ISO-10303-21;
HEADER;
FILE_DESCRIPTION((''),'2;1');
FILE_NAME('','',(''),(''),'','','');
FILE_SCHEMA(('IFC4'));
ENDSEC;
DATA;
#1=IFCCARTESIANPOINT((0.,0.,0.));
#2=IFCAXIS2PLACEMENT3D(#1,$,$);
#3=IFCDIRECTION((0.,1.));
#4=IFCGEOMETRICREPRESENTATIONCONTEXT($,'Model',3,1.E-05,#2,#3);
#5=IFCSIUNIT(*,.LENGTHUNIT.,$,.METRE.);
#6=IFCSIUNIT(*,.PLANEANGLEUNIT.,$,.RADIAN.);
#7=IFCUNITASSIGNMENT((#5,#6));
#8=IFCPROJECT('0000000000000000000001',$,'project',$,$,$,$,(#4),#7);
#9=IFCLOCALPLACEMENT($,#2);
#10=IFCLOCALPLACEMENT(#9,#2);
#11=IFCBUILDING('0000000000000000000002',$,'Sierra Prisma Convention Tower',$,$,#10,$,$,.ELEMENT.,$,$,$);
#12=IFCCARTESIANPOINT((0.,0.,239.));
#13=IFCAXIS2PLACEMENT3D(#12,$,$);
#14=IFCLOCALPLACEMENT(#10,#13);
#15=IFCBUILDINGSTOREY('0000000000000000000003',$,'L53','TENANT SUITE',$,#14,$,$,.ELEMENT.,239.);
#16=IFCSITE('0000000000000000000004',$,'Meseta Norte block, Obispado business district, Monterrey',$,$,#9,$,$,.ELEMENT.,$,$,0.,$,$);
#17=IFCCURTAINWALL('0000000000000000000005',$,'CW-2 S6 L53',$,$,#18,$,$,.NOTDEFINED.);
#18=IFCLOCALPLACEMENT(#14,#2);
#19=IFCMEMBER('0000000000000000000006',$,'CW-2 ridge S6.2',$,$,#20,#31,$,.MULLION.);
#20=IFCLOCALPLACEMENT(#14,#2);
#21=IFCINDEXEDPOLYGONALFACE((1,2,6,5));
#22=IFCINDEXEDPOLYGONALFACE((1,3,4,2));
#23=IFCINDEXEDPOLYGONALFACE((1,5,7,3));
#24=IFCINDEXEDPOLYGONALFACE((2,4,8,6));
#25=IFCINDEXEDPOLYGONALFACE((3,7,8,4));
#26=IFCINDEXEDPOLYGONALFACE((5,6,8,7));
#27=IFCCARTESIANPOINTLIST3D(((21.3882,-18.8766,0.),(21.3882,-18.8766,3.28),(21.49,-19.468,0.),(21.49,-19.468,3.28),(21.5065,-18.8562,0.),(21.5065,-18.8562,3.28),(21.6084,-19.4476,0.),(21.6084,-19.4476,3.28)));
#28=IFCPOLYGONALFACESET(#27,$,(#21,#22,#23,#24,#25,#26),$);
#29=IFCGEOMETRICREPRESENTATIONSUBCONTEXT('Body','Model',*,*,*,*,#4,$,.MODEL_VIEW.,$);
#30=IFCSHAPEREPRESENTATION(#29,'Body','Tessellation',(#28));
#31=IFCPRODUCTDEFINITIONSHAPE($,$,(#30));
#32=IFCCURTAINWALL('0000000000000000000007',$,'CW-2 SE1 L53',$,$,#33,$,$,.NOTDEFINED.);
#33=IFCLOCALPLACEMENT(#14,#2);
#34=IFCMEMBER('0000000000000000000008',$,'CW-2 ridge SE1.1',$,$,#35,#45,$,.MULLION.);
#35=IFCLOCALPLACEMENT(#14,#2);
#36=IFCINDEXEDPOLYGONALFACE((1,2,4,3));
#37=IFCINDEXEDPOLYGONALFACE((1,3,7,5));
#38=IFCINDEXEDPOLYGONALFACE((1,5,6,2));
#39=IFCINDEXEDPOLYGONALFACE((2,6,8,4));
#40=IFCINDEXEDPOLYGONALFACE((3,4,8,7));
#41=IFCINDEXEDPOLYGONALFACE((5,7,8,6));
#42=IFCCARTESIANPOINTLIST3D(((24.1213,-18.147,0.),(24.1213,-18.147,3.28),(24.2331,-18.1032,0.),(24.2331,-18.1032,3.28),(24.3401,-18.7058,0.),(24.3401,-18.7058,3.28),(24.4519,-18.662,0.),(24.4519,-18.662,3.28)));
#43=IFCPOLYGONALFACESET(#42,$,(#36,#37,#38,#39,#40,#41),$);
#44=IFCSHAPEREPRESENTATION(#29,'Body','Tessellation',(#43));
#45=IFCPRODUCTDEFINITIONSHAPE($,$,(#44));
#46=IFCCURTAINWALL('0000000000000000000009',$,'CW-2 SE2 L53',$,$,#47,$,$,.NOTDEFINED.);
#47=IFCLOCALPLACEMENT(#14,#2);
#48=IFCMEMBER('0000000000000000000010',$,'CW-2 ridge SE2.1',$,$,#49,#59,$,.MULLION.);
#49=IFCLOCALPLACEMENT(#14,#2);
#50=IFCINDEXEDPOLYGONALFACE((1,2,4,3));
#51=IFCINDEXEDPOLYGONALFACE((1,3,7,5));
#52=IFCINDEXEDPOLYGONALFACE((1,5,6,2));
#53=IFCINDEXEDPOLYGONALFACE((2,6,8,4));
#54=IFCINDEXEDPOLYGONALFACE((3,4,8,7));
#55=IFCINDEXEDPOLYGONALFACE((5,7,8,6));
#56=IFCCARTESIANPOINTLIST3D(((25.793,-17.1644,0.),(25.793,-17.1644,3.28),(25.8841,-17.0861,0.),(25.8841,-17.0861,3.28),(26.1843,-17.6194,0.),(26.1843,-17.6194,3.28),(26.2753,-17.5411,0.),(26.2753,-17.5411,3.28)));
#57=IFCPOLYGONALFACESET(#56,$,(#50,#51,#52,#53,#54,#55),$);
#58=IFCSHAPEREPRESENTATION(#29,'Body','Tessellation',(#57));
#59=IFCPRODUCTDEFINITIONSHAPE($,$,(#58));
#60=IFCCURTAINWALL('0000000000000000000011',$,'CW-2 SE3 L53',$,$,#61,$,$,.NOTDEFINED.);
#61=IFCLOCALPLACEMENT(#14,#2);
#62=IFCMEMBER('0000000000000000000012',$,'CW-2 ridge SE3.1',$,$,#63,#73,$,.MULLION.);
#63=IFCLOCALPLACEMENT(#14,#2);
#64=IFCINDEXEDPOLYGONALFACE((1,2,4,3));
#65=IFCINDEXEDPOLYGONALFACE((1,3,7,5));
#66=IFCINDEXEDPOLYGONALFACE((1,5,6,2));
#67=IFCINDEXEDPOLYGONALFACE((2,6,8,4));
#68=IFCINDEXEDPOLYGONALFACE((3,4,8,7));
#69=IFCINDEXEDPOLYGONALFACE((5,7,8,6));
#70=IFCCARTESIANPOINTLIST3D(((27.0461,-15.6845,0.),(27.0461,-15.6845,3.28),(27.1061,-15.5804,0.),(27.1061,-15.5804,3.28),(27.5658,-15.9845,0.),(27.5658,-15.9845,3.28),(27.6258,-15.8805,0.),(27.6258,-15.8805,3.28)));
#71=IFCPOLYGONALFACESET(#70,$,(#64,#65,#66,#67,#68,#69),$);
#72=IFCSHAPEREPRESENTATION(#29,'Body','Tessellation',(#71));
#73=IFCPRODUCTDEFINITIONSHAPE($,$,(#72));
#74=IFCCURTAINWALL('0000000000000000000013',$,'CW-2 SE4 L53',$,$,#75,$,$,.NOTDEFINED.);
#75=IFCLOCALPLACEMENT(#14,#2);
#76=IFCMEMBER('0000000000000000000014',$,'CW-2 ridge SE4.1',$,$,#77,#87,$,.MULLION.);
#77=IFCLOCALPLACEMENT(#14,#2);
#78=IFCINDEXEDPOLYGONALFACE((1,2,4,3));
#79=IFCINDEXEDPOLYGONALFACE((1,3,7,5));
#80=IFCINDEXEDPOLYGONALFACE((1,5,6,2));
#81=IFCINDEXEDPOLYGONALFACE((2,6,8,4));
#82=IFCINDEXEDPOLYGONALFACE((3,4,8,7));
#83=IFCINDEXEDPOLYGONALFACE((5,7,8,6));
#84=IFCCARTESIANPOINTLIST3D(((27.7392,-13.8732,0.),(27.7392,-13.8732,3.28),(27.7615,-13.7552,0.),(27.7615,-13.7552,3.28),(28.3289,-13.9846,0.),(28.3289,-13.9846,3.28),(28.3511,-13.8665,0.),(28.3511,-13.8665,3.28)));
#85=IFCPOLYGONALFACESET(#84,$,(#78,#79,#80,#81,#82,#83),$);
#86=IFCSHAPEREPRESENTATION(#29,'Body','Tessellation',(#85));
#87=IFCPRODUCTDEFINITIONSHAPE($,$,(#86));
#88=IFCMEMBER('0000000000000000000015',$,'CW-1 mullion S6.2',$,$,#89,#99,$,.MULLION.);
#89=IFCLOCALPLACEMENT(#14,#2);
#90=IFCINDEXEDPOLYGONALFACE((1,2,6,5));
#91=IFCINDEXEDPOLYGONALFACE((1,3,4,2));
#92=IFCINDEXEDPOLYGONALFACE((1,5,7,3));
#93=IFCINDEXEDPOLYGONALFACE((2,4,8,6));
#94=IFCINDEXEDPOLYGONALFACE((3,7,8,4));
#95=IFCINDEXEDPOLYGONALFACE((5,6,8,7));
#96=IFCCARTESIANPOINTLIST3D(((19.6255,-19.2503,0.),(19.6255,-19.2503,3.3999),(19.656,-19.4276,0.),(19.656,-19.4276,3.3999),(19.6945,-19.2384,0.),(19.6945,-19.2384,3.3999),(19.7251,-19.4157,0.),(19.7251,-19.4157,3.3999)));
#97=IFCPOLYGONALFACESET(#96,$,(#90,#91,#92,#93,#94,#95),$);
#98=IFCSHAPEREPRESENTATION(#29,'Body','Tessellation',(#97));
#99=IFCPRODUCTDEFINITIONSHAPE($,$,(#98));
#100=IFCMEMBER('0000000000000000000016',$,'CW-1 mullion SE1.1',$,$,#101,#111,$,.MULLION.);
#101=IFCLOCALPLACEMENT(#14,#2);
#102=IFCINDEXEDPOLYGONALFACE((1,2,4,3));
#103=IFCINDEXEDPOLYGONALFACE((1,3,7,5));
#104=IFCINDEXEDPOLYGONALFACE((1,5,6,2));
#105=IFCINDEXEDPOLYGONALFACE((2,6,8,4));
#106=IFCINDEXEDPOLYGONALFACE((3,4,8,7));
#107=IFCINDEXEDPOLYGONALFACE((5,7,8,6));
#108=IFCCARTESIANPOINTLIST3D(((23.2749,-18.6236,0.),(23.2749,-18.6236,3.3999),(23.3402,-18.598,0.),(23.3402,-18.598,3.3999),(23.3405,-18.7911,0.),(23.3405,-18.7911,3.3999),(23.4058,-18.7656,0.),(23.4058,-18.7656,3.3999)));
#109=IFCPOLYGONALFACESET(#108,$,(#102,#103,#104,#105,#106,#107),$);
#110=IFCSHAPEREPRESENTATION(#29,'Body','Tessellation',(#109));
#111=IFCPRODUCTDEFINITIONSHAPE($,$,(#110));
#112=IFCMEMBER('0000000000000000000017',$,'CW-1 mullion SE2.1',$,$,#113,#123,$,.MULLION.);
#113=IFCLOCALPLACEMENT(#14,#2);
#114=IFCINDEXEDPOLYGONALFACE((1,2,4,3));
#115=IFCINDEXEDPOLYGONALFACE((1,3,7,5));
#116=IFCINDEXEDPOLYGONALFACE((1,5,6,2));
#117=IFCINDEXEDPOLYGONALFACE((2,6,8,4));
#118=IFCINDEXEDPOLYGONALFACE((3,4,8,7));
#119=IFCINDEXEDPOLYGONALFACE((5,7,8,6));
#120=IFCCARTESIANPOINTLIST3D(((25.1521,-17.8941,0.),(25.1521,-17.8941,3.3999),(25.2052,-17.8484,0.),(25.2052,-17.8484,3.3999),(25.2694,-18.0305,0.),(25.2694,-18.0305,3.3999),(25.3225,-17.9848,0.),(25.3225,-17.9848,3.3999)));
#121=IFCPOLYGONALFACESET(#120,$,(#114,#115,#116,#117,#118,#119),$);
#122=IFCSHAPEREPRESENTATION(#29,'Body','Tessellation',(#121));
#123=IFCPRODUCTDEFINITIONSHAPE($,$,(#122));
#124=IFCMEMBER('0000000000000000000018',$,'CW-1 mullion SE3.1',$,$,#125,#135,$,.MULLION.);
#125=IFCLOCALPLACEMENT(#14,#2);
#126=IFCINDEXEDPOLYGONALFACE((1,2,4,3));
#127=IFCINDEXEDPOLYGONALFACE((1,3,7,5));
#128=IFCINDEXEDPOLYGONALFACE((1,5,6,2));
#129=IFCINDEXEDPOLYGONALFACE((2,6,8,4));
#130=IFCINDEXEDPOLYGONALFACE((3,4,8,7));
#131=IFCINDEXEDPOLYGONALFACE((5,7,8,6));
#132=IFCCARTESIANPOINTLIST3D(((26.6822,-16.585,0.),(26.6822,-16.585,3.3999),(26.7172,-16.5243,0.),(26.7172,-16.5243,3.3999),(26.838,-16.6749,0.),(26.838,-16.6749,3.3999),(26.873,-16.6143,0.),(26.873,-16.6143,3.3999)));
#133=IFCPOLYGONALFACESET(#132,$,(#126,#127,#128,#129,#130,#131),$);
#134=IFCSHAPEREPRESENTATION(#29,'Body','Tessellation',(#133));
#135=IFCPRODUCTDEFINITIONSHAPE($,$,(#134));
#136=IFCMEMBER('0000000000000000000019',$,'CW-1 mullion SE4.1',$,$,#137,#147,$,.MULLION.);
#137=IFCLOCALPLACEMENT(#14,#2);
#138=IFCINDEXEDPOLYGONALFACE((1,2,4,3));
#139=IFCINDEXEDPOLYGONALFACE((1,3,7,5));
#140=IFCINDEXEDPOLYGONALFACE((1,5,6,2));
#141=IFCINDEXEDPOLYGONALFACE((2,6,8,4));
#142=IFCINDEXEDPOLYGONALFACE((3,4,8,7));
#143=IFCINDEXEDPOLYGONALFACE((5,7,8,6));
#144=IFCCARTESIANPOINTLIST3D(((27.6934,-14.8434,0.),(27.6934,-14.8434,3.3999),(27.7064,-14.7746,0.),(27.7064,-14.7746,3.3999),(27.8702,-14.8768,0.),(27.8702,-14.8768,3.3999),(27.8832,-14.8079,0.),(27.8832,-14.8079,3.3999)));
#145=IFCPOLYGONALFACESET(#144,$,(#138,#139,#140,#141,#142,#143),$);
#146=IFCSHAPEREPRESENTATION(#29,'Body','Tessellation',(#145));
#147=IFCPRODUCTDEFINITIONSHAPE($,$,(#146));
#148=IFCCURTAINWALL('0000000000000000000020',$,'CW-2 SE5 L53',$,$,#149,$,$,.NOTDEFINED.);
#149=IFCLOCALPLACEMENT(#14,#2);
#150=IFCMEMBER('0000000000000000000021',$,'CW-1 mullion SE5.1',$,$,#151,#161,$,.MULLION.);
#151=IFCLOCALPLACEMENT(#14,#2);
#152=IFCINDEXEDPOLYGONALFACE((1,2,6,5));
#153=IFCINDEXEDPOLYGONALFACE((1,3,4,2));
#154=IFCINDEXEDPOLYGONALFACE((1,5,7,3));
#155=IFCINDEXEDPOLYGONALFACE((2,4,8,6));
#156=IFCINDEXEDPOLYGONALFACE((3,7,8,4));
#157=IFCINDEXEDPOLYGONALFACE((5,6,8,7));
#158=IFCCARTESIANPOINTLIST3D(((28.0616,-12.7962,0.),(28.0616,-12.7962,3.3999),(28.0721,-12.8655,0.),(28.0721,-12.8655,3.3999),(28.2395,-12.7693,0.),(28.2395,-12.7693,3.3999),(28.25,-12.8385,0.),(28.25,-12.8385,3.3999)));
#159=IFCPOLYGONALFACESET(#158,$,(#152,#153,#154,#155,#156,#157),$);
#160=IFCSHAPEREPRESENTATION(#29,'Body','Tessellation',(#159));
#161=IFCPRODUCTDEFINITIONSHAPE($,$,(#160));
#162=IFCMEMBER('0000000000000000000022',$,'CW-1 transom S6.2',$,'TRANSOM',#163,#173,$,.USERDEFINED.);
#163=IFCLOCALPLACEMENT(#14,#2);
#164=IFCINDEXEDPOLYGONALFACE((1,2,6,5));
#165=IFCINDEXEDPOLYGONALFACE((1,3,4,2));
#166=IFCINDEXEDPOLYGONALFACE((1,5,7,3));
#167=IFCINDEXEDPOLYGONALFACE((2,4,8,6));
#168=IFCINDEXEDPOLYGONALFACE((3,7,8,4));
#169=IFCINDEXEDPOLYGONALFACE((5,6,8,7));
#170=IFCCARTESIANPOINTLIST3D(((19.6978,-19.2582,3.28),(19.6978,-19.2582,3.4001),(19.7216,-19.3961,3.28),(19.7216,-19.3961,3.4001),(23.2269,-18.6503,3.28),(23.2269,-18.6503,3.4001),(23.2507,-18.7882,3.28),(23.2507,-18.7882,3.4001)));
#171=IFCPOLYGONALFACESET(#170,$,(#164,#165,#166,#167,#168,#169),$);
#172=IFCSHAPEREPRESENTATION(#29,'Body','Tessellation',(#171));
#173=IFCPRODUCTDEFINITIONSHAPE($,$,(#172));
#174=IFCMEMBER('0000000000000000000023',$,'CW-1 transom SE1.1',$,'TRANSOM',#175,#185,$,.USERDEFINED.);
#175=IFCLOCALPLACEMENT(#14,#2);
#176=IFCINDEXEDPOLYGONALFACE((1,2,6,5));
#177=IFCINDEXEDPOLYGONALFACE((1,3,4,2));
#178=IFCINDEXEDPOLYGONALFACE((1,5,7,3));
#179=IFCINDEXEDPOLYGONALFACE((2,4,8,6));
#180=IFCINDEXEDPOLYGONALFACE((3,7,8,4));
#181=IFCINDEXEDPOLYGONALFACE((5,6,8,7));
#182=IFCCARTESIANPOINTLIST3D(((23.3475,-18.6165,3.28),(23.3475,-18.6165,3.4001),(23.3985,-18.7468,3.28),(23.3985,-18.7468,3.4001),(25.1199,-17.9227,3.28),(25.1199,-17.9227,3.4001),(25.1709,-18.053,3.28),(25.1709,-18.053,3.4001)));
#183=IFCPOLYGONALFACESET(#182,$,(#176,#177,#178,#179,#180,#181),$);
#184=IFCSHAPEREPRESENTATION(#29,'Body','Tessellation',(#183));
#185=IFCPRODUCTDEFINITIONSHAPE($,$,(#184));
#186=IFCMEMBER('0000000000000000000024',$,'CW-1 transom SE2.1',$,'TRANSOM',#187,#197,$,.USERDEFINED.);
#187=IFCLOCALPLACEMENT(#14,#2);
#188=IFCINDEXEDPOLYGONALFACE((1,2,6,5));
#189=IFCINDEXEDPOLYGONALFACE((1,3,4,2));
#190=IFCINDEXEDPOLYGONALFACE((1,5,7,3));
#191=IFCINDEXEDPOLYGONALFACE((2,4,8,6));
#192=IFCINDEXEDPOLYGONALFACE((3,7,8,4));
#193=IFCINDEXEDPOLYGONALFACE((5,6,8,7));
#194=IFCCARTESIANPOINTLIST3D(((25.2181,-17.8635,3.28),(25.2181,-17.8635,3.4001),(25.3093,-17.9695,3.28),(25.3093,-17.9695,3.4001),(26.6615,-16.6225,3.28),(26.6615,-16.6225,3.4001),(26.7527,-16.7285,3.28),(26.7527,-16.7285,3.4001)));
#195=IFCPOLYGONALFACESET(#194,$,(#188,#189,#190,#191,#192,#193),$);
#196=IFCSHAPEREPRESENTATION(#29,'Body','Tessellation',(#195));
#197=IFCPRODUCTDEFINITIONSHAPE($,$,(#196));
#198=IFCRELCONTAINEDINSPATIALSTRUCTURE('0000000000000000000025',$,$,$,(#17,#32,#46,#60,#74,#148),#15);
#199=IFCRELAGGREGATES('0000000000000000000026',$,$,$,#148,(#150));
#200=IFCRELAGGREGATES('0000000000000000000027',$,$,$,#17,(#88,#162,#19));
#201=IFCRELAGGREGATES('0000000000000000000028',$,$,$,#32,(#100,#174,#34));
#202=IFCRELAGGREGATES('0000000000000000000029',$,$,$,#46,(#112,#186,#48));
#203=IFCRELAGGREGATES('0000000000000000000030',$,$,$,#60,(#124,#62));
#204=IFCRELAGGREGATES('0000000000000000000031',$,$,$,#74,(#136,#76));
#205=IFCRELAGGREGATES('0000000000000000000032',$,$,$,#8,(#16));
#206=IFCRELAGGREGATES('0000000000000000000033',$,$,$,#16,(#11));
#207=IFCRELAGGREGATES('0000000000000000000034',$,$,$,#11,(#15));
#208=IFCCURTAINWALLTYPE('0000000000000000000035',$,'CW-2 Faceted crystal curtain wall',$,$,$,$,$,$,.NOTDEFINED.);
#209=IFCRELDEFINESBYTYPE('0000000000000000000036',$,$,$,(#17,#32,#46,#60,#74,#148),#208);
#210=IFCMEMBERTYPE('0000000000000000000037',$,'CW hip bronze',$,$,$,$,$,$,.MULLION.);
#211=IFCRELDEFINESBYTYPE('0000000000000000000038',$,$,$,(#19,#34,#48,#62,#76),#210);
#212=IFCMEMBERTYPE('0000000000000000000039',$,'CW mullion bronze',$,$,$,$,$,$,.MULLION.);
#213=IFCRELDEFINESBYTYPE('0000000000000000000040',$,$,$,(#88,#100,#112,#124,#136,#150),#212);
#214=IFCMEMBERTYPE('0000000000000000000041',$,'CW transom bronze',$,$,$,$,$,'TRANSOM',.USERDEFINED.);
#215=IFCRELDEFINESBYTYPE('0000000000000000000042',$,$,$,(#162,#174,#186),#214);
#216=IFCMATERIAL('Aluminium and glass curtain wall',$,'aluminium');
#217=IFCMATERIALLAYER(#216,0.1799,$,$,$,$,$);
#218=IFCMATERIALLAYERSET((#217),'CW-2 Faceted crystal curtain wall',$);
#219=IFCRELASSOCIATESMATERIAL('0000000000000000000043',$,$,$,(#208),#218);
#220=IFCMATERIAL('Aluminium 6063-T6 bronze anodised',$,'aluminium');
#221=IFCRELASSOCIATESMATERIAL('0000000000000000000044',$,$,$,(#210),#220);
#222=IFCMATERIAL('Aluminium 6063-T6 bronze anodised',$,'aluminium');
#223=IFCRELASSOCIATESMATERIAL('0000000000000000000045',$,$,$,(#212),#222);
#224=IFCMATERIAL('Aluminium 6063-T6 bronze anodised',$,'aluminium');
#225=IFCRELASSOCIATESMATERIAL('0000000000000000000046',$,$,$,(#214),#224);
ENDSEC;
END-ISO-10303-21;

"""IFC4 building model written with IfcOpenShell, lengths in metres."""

from ifc_helpers import new_model, si_unit, direction, frame, origin, origin_2d, place, context, subcontext, project, spatial, rectangle, extrude, material, layer, layer_set, material_profile, profile_set, type_object, element, aggregate, save


model = new_model("IFC4")

# Units and contexts
model_context = context("Model", 3, precision=1e-05, world=origin(), true_north=direction((0.0, 1.0)))
body_context = subcontext(model_context, "Body", "Model", "MODEL_VIEW")
ifc_project = project(units=[si_unit("LENGTHUNIT", "METRE"), si_unit("PLANEANGLEUNIT", "RADIAN")], contexts=[model_context])

# Site, building, storey
site_placement = place(None, origin())
site = spatial("IfcSite", under=ifc_project, at=site_placement, Name="Meseta Norte block, Obispado business district, Monterrey", CompositionType="ELEMENT", RefElevation=0.0)
building_placement = place(site_placement, origin())
building = spatial("IfcBuilding", under=site, at=building_placement, Name="Sierra Prisma Convention Tower", CompositionType="ELEMENT")
storey_placement = place(building_placement, frame((0.0, 0.0, 239.0)))
storey = spatial("IfcBuildingStorey", under=building, at=storey_placement, Name="L53", Description="TENANT SUITE", CompositionType="ELEMENT", Elevation=239.0)

# Curtain walls, members
ifc_material_1 = material(Name="Aluminium and glass curtain wall", Category="aluminium")
ifc_layer_1 = layer(ifc_material_1, 0.1799)
ifc_layer_set_1 = layer_set([ifc_layer_1], Name="CW-2 Faceted crystal curtain wall")
curtain_wall_type = type_object("IfcCurtainWallType", Name="CW-2 Faceted crystal curtain wall", PredefinedType="NOTDEFINED", material=ifc_layer_set_1)
curtain_wall_1_placement = place(storey_placement, origin())
curtain_wall_1 = element("IfcCurtainWall", 1, at=curtain_wall_1_placement, inside=storey, type_object=curtain_wall_type, Name="CW-2 S6 L53", PredefinedType="NOTDEFINED")
ifc_material_2 = material(Name="Aluminium 6063-T6 bronze anodised", Category="aluminium")
ifc_material_profile_1 = material_profile(ifc_material_2, rectangle(XDim=0.1201, YDim=0.6001, at=origin_2d()), Name="ALU RIDGE BLADE 120x600")
ifc_profile_set_1 = profile_set([ifc_material_profile_1], Name="Aluminium 6063-T6 bronze anodised")
member_type_1 = type_object("IfcMemberType", Name="CW hip bronze", PredefinedType="MULLION", material=ifc_profile_set_1)
member_1_placement = place(storey_placement, frame((21.4983, -19.1621, 0.0), z_axis=(0.0, 0.0, 1.0), x_axis=(0.985483, 0.169773, 0.0)))
member_1 = element("IfcMember", 2, at=member_1_placement, type_object=member_type_1, Name="CW-2 ridge S6.2", PredefinedType="MULLION", context=body_context, shape_type="SweptSolid", body=[
    extrude(rectangle(XDim=0.1201, YDim=0.6001, at=origin_2d()), origin(), (0.0, 0.0, 1.0), 3.28),
])
curtain_wall_2_placement = place(storey_placement, origin())
curtain_wall_2 = element("IfcCurtainWall", 3, at=curtain_wall_2_placement, inside=storey, type_object=curtain_wall_type, Name="CW-2 SE1 L53", PredefinedType="NOTDEFINED")
member_2_placement = place(storey_placement, frame((24.2866, -18.4045, 0.0), z_axis=(0.0, 0.0, 1.0), x_axis=(0.93116, 0.364611, 0.0)))
member_2 = element("IfcMember", 4, at=member_2_placement, type_object=member_type_1, Name="CW-2 ridge SE1.1", PredefinedType="MULLION", context=body_context, shape_type="SweptSolid", body=[
    extrude(rectangle(XDim=0.1201, YDim=0.6001, at=origin_2d()), origin(), (0.0, 0.0, 1.0), 3.28),
])
curtain_wall_3_placement = place(storey_placement, origin())
curtain_wall_3 = element("IfcCurtainWall", 5, at=curtain_wall_3_placement, inside=storey, type_object=curtain_wall_type, Name="CW-2 SE2 L53", PredefinedType="NOTDEFINED")
member_3_placement = place(storey_placement, frame((26.0342, -17.3528, 0.0), z_axis=(0.0, 0.0, 1.0), x_axis=(0.758228, 0.65199, 0.0)))
member_3 = element("IfcMember", 6, at=member_3_placement, type_object=member_type_1, Name="CW-2 ridge SE2.1", PredefinedType="MULLION", context=body_context, shape_type="SweptSolid", body=[
    extrude(rectangle(XDim=0.1201, YDim=0.6001, at=origin_2d()), origin(), (0.0, 0.0, 1.0), 3.28),
])
curtain_wall_4_placement = place(storey_placement, origin())
curtain_wall_4 = element("IfcCurtainWall", 7, at=curtain_wall_4_placement, inside=storey, type_object=curtain_wall_type, Name="CW-2 SE3 L53", PredefinedType="NOTDEFINED")
member_4_placement = place(storey_placement, frame((27.3359, -15.7825, 0.0), z_axis=(0.0, 0.0, 1.0), x_axis=(0.5, 0.866025, 0.0)))
member_4 = element("IfcMember", 8, at=member_4_placement, type_object=member_type_1, Name="CW-2 ridge SE3.1", PredefinedType="MULLION", context=body_context, shape_type="SweptSolid", body=[
    extrude(rectangle(XDim=0.1201, YDim=0.6001, at=origin_2d()), origin(), (0.0, 0.0, 1.0), 3.28),
])
curtain_wall_5_placement = place(storey_placement, origin())
curtain_wall_5 = element("IfcCurtainWall", 9, at=curtain_wall_5_placement, inside=storey, type_object=curtain_wall_type, Name="CW-2 SE4 L53", PredefinedType="NOTDEFINED")
member_5_placement = place(storey_placement, frame((28.0452, -13.8699, 0.0), z_axis=(0.0, 0.0, 1.0), x_axis=(0.185526, 0.982639, 0.0)))
member_5 = element("IfcMember", 10, at=member_5_placement, type_object=member_type_1, Name="CW-2 ridge SE4.1", PredefinedType="MULLION", context=body_context, shape_type="SweptSolid", body=[
    extrude(rectangle(XDim=0.1201, YDim=0.6001, at=origin_2d()), origin(), (0.0, 0.0, 1.0), 3.28),
])

# Members
ifc_material_3 = material(Name="Aluminium 6063-T6 bronze anodised", Category="aluminium")
ifc_material_profile_2 = material_profile(ifc_material_3, rectangle(XDim=0.1799, YDim=0.0701, at=origin_2d()), Name="ALU MULLION 70x180")
ifc_profile_set_2 = profile_set([ifc_material_profile_2], Name="Aluminium 6063-T6 bronze anodised")
member_type_2 = type_object("IfcMemberType", Name="CW mullion bronze", PredefinedType="MULLION", material=ifc_profile_set_2)
member_6_placement = place(storey_placement, frame((19.6753, -19.333, 0.0), z_axis=(0.0, 0.0, 1.0), x_axis=(-0.169773, 0.985483, 0.0)))
member_6 = element("IfcMember", 11, at=member_6_placement, type_object=member_type_2, Name="CW-1 mullion S6.2", PredefinedType="MULLION", context=body_context, shape_type="SweptSolid", body=[
    extrude(rectangle(XDim=0.1799, YDim=0.0701, at=origin_2d()), origin(), (0.0, 0.0, 1.0), 3.3999),
])
member_7_placement = place(storey_placement, frame((23.3403, -18.6946, 0.0), z_axis=(0.0, 0.0, 1.0), x_axis=(-0.364611, 0.93116, 0.0)))
member_7 = element("IfcMember", 12, at=member_7_placement, type_object=member_type_2, Name="CW-1 mullion SE1.1", PredefinedType="MULLION", context=body_context, shape_type="SweptSolid", body=[
    extrude(rectangle(XDim=0.1799, YDim=0.0701, at=origin_2d()), origin(), (0.0, 0.0, 1.0), 3.3999),
])
member_8_placement = place(storey_placement, frame((25.2373, -17.9395, 0.0), z_axis=(0.0, 0.0, 1.0), x_axis=(-0.65199, 0.758228, 0.0)))
member_8 = element("IfcMember", 13, at=member_8_placement, type_object=member_type_2, Name="CW-1 mullion SE2.1", PredefinedType="MULLION", context=body_context, shape_type="SweptSolid", body=[
    extrude(rectangle(XDim=0.1799, YDim=0.0701, at=origin_2d()), origin(), (0.0, 0.0, 1.0), 3.3999),
])
member_9_placement = place(storey_placement, frame((26.7776, -16.5996, 0.0), z_axis=(0.0, 0.0, 1.0), x_axis=(-0.866025, 0.5, 0.0)))
member_9 = element("IfcMember", 14, at=member_9_placement, type_object=member_type_2, Name="CW-1 mullion SE3.1", PredefinedType="MULLION", context=body_context, shape_type="SweptSolid", body=[
    extrude(rectangle(XDim=0.1799, YDim=0.0701, at=origin_2d()), origin(), (0.0, 0.0, 1.0), 3.3999),
])
member_10_placement = place(storey_placement, frame((27.7883, -14.8257, 0.0), z_axis=(0.0, 0.0, 1.0), x_axis=(-0.982639, 0.185526, 0.0)))
member_10 = element("IfcMember", 15, at=member_10_placement, type_object=member_type_2, Name="CW-1 mullion SE4.1", PredefinedType="MULLION", context=body_context, shape_type="SweptSolid", body=[
    extrude(rectangle(XDim=0.1799, YDim=0.0701, at=origin_2d()), origin(), (0.0, 0.0, 1.0), 3.3999),
])

# Curtain wall, member
curtain_wall_6_placement = place(storey_placement, origin())
curtain_wall_6 = element("IfcCurtainWall", 16, at=curtain_wall_6_placement, inside=storey, type_object=curtain_wall_type, Name="CW-2 SE5 L53", PredefinedType="NOTDEFINED")
member_11_placement = place(storey_placement, frame((28.1558, -12.8174, 0.0), z_axis=(0.0, 0.0, 1.0), x_axis=(-0.988714, -0.149818, 0.0)))
member_11 = element("IfcMember", 17, at=member_11_placement, type_object=member_type_2, Name="CW-1 mullion SE5.1", PredefinedType="MULLION", context=body_context, shape_type="SweptSolid", body=[
    extrude(rectangle(XDim=0.1799, YDim=0.0701, at=origin_2d()), origin(), (0.0, 0.0, 1.0), 3.3999),
])
aggregate(curtain_wall_6, [member_11])

# Members
ifc_material_4 = material(Name="Aluminium 6063-T6 bronze anodised", Category="aluminium")
ifc_material_profile_3 = material_profile(ifc_material_4, rectangle(XDim=0.1399, YDim=0.1201, at=origin_2d()), Name="ALU TRANSOM 120x140")
ifc_profile_set_3 = profile_set([ifc_material_profile_3], Name="Aluminium 6063-T6 bronze anodised")
member_type_3 = type_object("IfcMemberType", Name="CW transom bronze", ElementType="TRANSOM", PredefinedType="USERDEFINED", material=ifc_profile_set_3)
member_12_placement = place(storey_placement, frame((19.7097, -19.3271, 3.3401), z_axis=(0.985486, 0.169759, 0.0), x_axis=(-0.169759, 0.985486, 0.0)))
member_12 = element("IfcMember", 18, at=member_12_placement, type_object=member_type_3, Name="CW-1 transom S6.2", ObjectType="TRANSOM", PredefinedType="USERDEFINED", context=body_context, shape_type="SweptSolid", body=[
    extrude(rectangle(XDim=0.1399, YDim=0.1201, at=origin_2d()), origin(), (0.0, 0.0, 1.0), 3.5811),
])
member_13_placement = place(storey_placement, frame((23.373, -18.6816, 3.3401), z_axis=(0.931194, 0.364525, 0.0), x_axis=(-0.364525, 0.931194, 0.0)))
member_13 = element("IfcMember", 19, at=member_13_placement, type_object=member_type_3, Name="CW-1 transom SE1.1", ObjectType="TRANSOM", PredefinedType="USERDEFINED", context=body_context, shape_type="SweptSolid", body=[
    extrude(rectangle(XDim=0.1399, YDim=0.1201, at=origin_2d()), origin(), (0.0, 0.0, 1.0), 1.9033),
])
member_14_placement = place(storey_placement, frame((25.2637, -17.9165, 3.3401), z_axis=(0.758269, 0.651942, 0.0), x_axis=(-0.651942, 0.758269, 0.0)))
member_14 = element("IfcMember", 20, at=member_14_placement, type_object=member_type_3, Name="CW-1 transom SE2.1", ObjectType="TRANSOM", PredefinedType="USERDEFINED", context=body_context, shape_type="SweptSolid", body=[
    extrude(rectangle(XDim=0.1399, YDim=0.1201, at=origin_2d()), origin(), (0.0, 0.0, 1.0), 1.9036),
])

aggregate(curtain_wall_1, [member_6, member_12, member_1])
aggregate(curtain_wall_2, [member_7, member_13, member_2])
aggregate(curtain_wall_3, [member_8, member_14, member_3])
aggregate(curtain_wall_4, [member_9, member_4])
aggregate(curtain_wall_5, [member_10, member_5])

save(model, "model.ifc")
